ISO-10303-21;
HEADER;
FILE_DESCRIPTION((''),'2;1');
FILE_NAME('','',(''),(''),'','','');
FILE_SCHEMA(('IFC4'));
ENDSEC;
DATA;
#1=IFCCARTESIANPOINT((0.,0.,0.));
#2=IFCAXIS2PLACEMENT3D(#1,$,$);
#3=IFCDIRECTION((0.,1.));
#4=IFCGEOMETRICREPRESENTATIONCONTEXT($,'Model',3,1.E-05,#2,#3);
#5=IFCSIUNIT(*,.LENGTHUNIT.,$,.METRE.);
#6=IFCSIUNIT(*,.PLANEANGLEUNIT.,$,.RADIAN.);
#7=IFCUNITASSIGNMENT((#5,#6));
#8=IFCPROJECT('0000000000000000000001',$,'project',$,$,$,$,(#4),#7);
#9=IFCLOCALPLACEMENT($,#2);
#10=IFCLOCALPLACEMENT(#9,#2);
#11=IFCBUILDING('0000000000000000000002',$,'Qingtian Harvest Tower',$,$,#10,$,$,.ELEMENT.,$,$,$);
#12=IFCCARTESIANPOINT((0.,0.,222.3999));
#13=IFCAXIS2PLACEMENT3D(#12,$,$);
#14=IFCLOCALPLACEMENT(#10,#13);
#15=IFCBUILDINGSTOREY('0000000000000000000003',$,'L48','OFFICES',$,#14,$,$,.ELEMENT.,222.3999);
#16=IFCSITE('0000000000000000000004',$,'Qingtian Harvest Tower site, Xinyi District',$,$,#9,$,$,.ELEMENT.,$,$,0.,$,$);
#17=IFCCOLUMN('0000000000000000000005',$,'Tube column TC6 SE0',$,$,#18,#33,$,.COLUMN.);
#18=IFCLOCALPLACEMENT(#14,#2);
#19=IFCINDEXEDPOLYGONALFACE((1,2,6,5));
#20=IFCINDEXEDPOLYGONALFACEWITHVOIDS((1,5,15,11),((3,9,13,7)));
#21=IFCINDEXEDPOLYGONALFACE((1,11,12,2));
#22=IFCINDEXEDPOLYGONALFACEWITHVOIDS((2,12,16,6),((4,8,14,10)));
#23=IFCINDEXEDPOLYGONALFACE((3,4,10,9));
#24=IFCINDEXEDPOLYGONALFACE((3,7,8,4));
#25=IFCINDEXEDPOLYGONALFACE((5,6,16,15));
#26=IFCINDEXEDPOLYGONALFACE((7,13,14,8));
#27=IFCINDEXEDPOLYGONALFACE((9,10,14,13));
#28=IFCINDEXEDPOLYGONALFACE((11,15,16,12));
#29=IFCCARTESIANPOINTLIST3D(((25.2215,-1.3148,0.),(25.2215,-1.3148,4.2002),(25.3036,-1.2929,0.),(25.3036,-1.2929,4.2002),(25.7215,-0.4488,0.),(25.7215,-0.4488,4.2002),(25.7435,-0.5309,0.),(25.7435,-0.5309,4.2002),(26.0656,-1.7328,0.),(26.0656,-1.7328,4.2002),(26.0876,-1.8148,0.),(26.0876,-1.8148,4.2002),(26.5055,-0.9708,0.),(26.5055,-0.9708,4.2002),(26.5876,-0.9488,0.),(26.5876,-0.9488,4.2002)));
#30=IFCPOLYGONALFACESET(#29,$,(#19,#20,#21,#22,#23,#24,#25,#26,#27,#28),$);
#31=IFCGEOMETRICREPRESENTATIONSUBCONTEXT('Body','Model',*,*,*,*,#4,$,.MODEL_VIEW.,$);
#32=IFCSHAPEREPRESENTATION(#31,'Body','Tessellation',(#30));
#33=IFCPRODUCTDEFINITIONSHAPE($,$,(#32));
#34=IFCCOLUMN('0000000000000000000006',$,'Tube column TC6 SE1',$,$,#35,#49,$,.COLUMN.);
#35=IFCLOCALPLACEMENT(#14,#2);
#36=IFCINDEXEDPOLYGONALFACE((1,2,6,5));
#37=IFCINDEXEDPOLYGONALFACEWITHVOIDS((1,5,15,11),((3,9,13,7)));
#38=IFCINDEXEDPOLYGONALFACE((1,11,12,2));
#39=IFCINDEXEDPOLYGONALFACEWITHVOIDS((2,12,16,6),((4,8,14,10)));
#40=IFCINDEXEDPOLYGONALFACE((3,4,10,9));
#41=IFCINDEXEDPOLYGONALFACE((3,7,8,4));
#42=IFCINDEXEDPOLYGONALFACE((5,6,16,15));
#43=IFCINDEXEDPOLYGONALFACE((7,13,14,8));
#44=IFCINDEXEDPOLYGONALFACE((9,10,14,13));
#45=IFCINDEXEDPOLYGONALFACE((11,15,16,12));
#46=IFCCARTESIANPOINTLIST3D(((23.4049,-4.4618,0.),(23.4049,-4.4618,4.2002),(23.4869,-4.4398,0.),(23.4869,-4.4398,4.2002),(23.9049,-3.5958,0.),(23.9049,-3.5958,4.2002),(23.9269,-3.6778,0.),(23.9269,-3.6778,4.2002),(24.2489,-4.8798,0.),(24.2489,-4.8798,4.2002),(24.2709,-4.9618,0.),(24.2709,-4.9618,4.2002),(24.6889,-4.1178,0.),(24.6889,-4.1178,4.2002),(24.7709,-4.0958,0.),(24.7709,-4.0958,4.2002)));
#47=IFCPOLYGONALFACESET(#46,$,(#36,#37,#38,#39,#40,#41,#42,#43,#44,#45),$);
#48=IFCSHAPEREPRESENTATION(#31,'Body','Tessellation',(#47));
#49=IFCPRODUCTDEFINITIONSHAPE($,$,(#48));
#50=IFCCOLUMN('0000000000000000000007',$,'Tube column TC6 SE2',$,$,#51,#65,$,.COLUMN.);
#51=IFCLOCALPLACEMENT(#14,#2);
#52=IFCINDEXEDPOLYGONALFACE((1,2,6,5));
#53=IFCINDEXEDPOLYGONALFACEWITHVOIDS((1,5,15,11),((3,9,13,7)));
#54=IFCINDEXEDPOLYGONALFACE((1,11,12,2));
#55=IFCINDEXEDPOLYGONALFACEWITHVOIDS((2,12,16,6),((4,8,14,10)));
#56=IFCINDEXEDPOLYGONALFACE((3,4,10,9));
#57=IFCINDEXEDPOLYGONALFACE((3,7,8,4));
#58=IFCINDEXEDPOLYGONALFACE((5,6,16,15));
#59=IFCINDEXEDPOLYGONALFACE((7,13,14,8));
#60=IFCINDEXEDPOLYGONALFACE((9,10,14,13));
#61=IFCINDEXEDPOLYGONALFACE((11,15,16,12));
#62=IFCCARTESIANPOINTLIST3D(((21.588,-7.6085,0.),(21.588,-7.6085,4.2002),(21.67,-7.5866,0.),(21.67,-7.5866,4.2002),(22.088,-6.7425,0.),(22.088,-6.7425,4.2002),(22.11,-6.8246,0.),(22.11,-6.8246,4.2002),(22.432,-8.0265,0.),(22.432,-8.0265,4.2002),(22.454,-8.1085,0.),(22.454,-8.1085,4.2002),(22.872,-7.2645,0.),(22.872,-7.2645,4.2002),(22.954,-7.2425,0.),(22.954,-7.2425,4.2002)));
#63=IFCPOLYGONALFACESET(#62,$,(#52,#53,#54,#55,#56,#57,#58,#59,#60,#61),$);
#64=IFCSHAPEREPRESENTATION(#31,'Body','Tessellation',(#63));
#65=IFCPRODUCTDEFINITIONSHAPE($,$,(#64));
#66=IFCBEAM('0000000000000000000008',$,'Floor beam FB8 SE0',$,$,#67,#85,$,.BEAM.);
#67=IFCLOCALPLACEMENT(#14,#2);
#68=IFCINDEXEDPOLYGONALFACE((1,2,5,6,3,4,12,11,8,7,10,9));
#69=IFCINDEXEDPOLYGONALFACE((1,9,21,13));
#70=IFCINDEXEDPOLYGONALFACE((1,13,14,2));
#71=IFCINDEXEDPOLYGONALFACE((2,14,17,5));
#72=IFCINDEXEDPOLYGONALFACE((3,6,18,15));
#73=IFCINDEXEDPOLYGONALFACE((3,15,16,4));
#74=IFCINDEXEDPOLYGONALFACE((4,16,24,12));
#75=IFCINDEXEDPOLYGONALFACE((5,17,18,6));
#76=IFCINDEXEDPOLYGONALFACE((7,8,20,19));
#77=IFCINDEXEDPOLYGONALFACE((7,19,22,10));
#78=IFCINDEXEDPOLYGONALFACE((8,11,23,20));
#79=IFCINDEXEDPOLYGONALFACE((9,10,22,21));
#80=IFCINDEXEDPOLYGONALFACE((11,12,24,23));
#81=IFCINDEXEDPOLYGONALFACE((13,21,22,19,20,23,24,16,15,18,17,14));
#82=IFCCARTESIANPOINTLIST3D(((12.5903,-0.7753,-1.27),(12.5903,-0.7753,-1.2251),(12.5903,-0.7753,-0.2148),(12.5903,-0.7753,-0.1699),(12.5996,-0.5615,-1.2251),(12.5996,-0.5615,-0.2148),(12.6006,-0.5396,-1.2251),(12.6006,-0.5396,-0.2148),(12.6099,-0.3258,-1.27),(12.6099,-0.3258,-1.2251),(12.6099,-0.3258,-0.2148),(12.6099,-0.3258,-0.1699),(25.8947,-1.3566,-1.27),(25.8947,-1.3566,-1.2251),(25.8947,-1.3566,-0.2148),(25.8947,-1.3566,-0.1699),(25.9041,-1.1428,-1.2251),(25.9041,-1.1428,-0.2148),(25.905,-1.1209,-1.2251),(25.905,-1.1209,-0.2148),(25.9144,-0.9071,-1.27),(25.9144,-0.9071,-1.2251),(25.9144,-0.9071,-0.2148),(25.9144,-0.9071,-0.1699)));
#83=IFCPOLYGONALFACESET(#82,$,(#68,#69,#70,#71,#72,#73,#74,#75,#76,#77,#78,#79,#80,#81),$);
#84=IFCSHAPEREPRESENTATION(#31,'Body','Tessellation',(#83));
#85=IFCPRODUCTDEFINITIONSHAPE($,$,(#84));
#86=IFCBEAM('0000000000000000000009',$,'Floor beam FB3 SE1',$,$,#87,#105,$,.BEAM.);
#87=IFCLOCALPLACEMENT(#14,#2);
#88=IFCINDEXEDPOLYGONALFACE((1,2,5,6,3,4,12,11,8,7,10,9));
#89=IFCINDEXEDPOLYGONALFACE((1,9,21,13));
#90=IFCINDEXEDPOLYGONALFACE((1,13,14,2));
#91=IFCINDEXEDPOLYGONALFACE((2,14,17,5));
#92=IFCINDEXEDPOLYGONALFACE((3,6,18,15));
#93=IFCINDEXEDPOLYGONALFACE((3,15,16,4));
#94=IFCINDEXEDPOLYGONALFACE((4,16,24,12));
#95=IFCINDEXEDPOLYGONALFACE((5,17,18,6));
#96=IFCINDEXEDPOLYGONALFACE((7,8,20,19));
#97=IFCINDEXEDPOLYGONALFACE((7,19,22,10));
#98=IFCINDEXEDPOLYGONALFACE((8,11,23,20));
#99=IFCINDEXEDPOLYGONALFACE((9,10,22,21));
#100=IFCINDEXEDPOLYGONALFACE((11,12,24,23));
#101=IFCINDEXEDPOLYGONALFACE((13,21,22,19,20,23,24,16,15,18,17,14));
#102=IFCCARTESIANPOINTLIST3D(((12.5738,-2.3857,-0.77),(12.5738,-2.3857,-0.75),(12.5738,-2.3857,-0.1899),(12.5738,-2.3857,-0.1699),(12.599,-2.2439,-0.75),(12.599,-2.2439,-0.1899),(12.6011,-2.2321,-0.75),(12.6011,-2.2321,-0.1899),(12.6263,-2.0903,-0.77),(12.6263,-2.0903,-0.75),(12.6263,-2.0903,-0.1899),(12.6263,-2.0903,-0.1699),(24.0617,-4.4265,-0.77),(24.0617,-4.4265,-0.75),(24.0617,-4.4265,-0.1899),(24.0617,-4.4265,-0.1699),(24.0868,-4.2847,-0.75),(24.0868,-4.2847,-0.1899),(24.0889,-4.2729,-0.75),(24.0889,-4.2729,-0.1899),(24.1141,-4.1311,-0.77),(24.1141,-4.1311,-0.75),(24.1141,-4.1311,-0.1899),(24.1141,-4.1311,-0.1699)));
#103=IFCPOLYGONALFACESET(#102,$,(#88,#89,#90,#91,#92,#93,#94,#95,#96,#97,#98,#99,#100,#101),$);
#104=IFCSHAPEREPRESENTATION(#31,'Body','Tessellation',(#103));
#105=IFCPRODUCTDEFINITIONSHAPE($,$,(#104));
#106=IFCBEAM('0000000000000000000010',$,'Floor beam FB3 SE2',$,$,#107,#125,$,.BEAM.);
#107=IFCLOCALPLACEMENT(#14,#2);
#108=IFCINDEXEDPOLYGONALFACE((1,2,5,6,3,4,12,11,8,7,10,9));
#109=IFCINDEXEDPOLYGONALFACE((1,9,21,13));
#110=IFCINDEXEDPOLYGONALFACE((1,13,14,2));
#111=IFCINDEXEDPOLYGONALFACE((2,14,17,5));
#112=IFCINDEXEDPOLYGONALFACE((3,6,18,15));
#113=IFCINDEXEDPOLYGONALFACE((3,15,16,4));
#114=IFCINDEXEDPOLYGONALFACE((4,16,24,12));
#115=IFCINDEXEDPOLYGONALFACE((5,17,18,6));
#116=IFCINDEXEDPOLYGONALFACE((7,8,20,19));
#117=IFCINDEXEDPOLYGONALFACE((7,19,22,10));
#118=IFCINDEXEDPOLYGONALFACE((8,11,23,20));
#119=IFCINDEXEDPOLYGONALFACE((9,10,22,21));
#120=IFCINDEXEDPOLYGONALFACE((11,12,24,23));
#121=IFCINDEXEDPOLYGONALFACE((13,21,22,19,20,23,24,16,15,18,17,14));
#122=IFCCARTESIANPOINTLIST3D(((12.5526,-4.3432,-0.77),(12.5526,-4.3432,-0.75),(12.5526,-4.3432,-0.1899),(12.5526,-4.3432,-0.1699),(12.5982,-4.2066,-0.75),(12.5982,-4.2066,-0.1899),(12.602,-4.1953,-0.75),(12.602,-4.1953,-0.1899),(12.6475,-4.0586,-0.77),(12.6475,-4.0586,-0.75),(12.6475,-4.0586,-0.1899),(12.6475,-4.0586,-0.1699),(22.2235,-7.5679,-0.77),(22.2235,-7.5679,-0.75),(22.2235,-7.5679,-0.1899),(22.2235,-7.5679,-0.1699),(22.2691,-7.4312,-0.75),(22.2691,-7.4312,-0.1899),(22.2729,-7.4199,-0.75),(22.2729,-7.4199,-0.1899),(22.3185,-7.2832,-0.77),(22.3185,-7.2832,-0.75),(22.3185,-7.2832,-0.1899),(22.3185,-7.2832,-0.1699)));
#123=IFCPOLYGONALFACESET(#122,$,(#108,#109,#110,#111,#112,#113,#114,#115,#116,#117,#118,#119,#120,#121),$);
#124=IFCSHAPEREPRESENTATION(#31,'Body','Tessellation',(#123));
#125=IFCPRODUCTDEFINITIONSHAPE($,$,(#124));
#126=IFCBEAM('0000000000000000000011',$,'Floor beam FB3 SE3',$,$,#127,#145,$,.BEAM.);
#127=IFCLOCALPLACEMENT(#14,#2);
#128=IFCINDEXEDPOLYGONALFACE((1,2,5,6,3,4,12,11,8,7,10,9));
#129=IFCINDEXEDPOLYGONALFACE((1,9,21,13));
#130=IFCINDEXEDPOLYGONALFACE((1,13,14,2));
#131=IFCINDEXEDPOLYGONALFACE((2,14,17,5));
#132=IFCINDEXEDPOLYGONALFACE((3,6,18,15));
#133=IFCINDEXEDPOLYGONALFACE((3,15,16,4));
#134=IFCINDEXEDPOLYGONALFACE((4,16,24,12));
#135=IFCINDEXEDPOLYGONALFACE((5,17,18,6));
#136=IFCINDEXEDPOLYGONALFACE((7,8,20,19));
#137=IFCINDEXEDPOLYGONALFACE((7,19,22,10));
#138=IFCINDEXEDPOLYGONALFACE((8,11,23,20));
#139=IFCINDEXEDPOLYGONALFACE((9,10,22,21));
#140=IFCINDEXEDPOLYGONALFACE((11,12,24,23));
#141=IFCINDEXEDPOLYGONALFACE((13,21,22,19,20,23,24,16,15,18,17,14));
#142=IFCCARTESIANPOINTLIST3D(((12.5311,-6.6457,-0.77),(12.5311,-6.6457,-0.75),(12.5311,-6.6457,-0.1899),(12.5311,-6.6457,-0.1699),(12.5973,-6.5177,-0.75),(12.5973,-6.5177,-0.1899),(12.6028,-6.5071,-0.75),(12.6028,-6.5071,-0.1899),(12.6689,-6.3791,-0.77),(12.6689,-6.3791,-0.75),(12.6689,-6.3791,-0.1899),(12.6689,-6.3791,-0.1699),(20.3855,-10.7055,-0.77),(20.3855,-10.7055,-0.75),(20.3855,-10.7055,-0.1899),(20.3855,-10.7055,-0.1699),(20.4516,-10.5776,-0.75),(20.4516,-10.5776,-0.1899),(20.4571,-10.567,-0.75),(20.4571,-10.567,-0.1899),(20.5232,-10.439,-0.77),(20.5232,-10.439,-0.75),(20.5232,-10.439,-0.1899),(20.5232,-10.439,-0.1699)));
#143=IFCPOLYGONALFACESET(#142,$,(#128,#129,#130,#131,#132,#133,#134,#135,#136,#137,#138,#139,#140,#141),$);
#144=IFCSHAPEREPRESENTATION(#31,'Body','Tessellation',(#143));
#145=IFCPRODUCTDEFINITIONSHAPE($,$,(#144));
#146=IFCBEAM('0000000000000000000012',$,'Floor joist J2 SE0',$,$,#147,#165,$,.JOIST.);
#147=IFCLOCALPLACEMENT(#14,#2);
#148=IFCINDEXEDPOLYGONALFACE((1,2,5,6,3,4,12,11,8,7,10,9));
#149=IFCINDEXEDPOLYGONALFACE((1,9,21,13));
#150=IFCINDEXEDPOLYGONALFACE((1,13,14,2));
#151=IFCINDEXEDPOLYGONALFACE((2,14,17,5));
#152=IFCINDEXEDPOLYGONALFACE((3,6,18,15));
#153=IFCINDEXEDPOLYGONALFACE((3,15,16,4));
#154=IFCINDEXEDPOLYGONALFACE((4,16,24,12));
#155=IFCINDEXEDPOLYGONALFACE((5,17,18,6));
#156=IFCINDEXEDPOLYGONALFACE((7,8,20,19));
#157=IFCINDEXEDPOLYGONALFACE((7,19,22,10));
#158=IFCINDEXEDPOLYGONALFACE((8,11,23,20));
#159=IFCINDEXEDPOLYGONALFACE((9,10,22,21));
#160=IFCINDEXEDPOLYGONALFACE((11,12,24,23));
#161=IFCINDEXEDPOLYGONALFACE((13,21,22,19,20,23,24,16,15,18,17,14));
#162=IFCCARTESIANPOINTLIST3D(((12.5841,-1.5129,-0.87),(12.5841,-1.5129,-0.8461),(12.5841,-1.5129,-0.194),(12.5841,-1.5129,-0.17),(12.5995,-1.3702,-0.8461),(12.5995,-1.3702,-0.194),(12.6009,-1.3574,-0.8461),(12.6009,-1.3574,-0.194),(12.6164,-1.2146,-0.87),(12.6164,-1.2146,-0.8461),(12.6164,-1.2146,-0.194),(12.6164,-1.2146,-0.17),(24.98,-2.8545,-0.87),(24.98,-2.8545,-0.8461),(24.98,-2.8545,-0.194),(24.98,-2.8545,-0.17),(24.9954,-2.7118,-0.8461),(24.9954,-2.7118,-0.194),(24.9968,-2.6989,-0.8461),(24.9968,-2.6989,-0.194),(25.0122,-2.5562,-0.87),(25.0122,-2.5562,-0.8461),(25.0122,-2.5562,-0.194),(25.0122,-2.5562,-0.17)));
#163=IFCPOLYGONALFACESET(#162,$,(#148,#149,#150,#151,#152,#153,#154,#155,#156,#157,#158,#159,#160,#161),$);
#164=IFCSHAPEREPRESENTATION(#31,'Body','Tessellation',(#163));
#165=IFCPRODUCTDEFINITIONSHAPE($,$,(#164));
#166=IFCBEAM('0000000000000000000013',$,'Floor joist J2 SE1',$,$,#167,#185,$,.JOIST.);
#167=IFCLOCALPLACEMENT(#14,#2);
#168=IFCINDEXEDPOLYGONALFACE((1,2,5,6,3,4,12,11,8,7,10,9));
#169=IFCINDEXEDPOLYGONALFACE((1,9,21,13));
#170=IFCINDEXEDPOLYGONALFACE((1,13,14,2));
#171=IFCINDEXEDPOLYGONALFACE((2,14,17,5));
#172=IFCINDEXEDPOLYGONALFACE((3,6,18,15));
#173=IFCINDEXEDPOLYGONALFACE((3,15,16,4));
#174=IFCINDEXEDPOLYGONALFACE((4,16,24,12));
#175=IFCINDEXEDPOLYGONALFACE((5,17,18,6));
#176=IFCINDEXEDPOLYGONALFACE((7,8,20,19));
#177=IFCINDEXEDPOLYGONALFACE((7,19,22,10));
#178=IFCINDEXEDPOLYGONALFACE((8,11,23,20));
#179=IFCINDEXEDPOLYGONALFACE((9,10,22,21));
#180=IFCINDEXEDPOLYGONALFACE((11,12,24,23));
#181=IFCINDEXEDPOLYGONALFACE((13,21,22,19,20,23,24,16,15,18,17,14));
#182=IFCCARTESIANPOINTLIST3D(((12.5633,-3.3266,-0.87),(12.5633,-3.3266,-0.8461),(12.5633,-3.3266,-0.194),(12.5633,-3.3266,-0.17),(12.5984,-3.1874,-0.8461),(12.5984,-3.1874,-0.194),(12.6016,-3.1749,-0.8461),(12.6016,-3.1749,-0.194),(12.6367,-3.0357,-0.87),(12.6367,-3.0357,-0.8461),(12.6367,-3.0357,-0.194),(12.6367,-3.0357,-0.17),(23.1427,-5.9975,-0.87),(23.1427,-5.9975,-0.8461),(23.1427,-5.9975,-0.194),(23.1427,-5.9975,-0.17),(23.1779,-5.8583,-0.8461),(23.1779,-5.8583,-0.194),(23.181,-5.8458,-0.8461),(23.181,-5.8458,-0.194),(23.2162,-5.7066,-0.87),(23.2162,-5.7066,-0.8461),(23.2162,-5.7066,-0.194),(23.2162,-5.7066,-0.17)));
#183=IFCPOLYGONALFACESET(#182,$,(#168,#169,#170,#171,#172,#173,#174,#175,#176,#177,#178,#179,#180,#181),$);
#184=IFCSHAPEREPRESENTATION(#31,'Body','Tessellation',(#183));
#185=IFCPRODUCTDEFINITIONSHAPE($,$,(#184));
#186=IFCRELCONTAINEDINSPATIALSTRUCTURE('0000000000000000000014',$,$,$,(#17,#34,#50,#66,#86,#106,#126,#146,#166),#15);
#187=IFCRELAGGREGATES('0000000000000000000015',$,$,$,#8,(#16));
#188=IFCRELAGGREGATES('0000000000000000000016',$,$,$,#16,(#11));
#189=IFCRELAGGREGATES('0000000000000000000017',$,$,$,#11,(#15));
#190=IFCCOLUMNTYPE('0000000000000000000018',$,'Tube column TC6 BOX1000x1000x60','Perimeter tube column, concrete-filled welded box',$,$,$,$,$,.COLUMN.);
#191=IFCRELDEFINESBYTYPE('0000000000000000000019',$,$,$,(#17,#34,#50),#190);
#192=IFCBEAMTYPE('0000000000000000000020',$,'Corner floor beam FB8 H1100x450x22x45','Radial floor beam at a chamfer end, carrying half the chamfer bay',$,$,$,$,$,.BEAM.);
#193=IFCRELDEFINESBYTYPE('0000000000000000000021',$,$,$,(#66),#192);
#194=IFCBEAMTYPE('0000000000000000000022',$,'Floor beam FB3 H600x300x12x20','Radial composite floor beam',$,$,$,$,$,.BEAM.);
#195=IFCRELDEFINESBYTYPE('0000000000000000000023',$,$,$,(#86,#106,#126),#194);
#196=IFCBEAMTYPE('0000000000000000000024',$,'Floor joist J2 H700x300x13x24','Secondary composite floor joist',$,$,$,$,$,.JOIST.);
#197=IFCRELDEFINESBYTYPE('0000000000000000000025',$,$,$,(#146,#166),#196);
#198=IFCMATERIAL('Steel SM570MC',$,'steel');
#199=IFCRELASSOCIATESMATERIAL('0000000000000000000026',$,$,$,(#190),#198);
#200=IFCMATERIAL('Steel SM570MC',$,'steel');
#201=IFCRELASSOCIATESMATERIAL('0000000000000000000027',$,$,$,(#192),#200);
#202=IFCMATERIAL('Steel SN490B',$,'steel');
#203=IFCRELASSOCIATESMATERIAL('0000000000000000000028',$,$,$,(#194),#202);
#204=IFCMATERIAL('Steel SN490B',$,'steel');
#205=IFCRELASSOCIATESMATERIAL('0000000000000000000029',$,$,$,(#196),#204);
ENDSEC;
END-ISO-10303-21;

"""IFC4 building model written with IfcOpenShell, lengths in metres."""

from ifc_helpers import new_model, si_unit, direction, frame, origin, origin_2d, place, context, subcontext, project, spatial, hollow_rectangle, i_section, extrude, material, material_profile, profile_set, type_object, element, save


model = new_model("IFC4")

# Units and contexts
model_context = context("Model", 3, precision=1e-05, world=origin(), true_north=direction((0.0, 1.0)))
body_context = subcontext(model_context, "Body", "Model", "MODEL_VIEW")
ifc_project = project(units=[si_unit("LENGTHUNIT", "METRE"), si_unit("PLANEANGLEUNIT", "RADIAN")], contexts=[model_context])

# Site, building, storey
site_placement = place(None, origin())
site = spatial("IfcSite", under=ifc_project, at=site_placement, Name="Qingtian Harvest Tower site, Xinyi District", CompositionType="ELEMENT", RefElevation=0.0)
building_placement = place(site_placement, origin())
building = spatial("IfcBuilding", under=site, at=building_placement, Name="Qingtian Harvest Tower", CompositionType="ELEMENT")
storey_placement = place(building_placement, frame((0.0, 0.0, 222.3999)))
storey = spatial("IfcBuildingStorey", under=building, at=storey_placement, Name="L48", Description="OFFICES", CompositionType="ELEMENT", Elevation=222.3999)

# Columns
ifc_material_1 = material(Name="Steel SM570MC", Category="steel")
ifc_material_profile_1 = material_profile(ifc_material_1, hollow_rectangle(XDim=1.0, YDim=1.0, WallThickness=0.0601, at=origin_2d()), Name="BOX1000x1000x60")
ifc_profile_set_1 = profile_set([ifc_material_profile_1], Name="Steel SM570MC")
column_type = type_object("IfcColumnType", Name="Tube column TC6 BOX1000x1000x60", Description="Perimeter tube column, concrete-filled welded box", PredefinedType="COLUMN", material=ifc_profile_set_1)
for number, where, z_axis, x_axis, name in (
    (1, (25.9045, -1.1318, 0.0), (0.0, 0.0, 1.0), (0.5, 0.866025, 0.0), "Tube column TC6 SE0"),
    (2, (24.0879, -4.2788, 0.0), (0.0, 0.0, 1.0), (0.5, 0.866025, 0.0), "Tube column TC6 SE1"),
    (3, (22.271, -7.4255, 0.0), (0.0, 0.0, 1.0), (0.5, 0.866025, 0.0), "Tube column TC6 SE2"),
):
    element("IfcColumn", number, at=place(storey_placement, frame(where, z_axis=z_axis, x_axis=x_axis)), inside=storey, type_object=column_type, Name=name, PredefinedType="COLUMN", context=body_context, shape_type="SweptSolid", body=[
        extrude(hollow_rectangle(XDim=1.0, YDim=1.0, WallThickness=0.0601, at=origin_2d()), origin(), (0.0, 0.0, 1.0), 4.2002),
    ])

# Beams
ifc_material_2 = material(Name="Steel SM570MC", Category="steel")
ifc_material_profile_2 = material_profile(ifc_material_2, i_section(OverallWidth=0.45, OverallDepth=1.1001, WebThickness=0.022, FlangeThickness=0.0449, at=origin_2d()), Name="H1100x450x22x45")
ifc_profile_set_2 = profile_set([ifc_material_profile_2], Name="Steel SM570MC")
beam_type_1 = type_object("IfcBeamType", Name="Corner floor beam FB8 H1100x450x22x45", Description="Radial floor beam at a chamfer end, carrying half the chamfer bay", PredefinedType="BEAM", material=ifc_profile_set_2)
beam_1_placement = place(storey_placement, frame((25.9045, -1.1318, -0.72), z_axis=(-0.999047, 0.04365, 0.0), x_axis=(-0.04365, -0.999047, 0.0)))
element("IfcBeam", 4, at=beam_1_placement, inside=storey, type_object=beam_type_1, Name="Floor beam FB8 SE0", PredefinedType="BEAM", context=body_context, shape_type="SweptSolid", body=[
    extrude(i_section(OverallWidth=0.45, OverallDepth=1.1001, WebThickness=0.022, FlangeThickness=0.0449, at=origin_2d()), origin(), (0.0, 0.0, 1.0), 13.3171),
])
ifc_material_3 = material(Name="Steel SN490B", Category="steel")
ifc_material_profile_3 = material_profile(ifc_material_3, i_section(OverallWidth=0.3, OverallDepth=0.6001, WebThickness=0.012, FlangeThickness=0.02, at=origin_2d()), Name="H600x300x12x20")
ifc_profile_set_3 = profile_set([ifc_material_profile_3], Name="Steel SN490B")
beam_type_2 = type_object("IfcBeamType", Name="Floor beam FB3 H600x300x12x20", Description="Radial composite floor beam", PredefinedType="BEAM", material=ifc_profile_set_3)
beam_2_placement = place(storey_placement, frame((24.0879, -4.2788, -0.47), z_axis=(-0.984585, 0.174908, 0.0), x_axis=(-0.174908, -0.984585, 0.0)))
element("IfcBeam", 5, at=beam_2_placement, inside=storey, type_object=beam_type_2, Name="Floor beam FB3 SE1", PredefinedType="BEAM", context=body_context, shape_type="SweptSolid", body=[
    extrude(i_section(OverallWidth=0.3, OverallDepth=0.6001, WebThickness=0.012, FlangeThickness=0.02, at=origin_2d()), origin(), (0.0, 0.0, 1.0), 11.6677),
])
beam_3_placement = place(storey_placement, frame((22.271, -7.4255, -0.47), z_axis=(-0.948655, 0.316314, 0.0), x_axis=(-0.316314, -0.948655, 0.0)))
element("IfcBeam", 6, at=beam_3_placement, inside=storey, type_object=beam_type_2, Name="Floor beam FB3 SE2", PredefinedType="BEAM", context=body_context, shape_type="SweptSolid", body=[
    extrude(i_section(OverallWidth=0.3, OverallDepth=0.6001, WebThickness=0.012, FlangeThickness=0.02, at=origin_2d()), origin(), (0.0, 0.0, 1.0), 10.1943),
])
beam_4_placement = place(storey_placement, frame((20.4543, -10.5723, -0.47), z_axis=(-0.888344, 0.45918, 0.0), x_axis=(-0.45918, -0.888344, 0.0)))
element("IfcBeam", 7, at=beam_4_placement, inside=storey, type_object=beam_type_2, Name="Floor beam FB3 SE3", PredefinedType="BEAM", context=body_context, shape_type="SweptSolid", body=[
    extrude(i_section(OverallWidth=0.3, OverallDepth=0.6001, WebThickness=0.012, FlangeThickness=0.02, at=origin_2d()), origin(), (0.0, 0.0, 1.0), 8.8416),
])
ifc_material_4 = material(Name="Steel SN490B", Category="steel")
ifc_material_profile_4 = material_profile(ifc_material_4, i_section(OverallWidth=0.3, OverallDepth=0.7, WebThickness=0.0129, FlangeThickness=0.0239, at=origin_2d()), Name="H700x300x13x24")
ifc_profile_set_4 = profile_set([ifc_material_profile_4], Name="Steel SN490B")
beam_type_3 = type_object("IfcBeamType", Name="Floor joist J2 H700x300x13x24", Description="Secondary composite floor joist", PredefinedType="JOIST", material=ifc_profile_set_4)
beam_5_placement = place(storey_placement, frame((24.9961, -2.7053, -0.52), z_axis=(-0.994195, 0.107596, 0.0), x_axis=(-0.107596, -0.994195, 0.0)))
element("IfcBeam", 8, at=beam_5_placement, inside=storey, type_object=beam_type_3, Name="Floor joist J2 SE0", PredefinedType="JOIST", context=body_context, shape_type="SweptSolid", body=[
    extrude(i_section(OverallWidth=0.3, OverallDepth=0.7, WebThickness=0.0129, FlangeThickness=0.0239, at=origin_2d()), origin(), (0.0, 0.0, 1.0), 12.4683),
])
beam_6_placement = place(storey_placement, frame((23.1794, -5.8521, -0.52), z_axis=(-0.969578, 0.244783, 0.0), x_axis=(-0.244783, -0.969578, 0.0)))
element("IfcBeam", 9, at=beam_6_placement, inside=storey, type_object=beam_type_3, Name="Floor joist J2 SE1", PredefinedType="JOIST", context=body_context, shape_type="SweptSolid", body=[
    extrude(i_section(OverallWidth=0.3, OverallDepth=0.7, WebThickness=0.0129, FlangeThickness=0.0239, at=origin_2d()), origin(), (0.0, 0.0, 1.0), 10.9114),
])

save(model, "model.ifc")
